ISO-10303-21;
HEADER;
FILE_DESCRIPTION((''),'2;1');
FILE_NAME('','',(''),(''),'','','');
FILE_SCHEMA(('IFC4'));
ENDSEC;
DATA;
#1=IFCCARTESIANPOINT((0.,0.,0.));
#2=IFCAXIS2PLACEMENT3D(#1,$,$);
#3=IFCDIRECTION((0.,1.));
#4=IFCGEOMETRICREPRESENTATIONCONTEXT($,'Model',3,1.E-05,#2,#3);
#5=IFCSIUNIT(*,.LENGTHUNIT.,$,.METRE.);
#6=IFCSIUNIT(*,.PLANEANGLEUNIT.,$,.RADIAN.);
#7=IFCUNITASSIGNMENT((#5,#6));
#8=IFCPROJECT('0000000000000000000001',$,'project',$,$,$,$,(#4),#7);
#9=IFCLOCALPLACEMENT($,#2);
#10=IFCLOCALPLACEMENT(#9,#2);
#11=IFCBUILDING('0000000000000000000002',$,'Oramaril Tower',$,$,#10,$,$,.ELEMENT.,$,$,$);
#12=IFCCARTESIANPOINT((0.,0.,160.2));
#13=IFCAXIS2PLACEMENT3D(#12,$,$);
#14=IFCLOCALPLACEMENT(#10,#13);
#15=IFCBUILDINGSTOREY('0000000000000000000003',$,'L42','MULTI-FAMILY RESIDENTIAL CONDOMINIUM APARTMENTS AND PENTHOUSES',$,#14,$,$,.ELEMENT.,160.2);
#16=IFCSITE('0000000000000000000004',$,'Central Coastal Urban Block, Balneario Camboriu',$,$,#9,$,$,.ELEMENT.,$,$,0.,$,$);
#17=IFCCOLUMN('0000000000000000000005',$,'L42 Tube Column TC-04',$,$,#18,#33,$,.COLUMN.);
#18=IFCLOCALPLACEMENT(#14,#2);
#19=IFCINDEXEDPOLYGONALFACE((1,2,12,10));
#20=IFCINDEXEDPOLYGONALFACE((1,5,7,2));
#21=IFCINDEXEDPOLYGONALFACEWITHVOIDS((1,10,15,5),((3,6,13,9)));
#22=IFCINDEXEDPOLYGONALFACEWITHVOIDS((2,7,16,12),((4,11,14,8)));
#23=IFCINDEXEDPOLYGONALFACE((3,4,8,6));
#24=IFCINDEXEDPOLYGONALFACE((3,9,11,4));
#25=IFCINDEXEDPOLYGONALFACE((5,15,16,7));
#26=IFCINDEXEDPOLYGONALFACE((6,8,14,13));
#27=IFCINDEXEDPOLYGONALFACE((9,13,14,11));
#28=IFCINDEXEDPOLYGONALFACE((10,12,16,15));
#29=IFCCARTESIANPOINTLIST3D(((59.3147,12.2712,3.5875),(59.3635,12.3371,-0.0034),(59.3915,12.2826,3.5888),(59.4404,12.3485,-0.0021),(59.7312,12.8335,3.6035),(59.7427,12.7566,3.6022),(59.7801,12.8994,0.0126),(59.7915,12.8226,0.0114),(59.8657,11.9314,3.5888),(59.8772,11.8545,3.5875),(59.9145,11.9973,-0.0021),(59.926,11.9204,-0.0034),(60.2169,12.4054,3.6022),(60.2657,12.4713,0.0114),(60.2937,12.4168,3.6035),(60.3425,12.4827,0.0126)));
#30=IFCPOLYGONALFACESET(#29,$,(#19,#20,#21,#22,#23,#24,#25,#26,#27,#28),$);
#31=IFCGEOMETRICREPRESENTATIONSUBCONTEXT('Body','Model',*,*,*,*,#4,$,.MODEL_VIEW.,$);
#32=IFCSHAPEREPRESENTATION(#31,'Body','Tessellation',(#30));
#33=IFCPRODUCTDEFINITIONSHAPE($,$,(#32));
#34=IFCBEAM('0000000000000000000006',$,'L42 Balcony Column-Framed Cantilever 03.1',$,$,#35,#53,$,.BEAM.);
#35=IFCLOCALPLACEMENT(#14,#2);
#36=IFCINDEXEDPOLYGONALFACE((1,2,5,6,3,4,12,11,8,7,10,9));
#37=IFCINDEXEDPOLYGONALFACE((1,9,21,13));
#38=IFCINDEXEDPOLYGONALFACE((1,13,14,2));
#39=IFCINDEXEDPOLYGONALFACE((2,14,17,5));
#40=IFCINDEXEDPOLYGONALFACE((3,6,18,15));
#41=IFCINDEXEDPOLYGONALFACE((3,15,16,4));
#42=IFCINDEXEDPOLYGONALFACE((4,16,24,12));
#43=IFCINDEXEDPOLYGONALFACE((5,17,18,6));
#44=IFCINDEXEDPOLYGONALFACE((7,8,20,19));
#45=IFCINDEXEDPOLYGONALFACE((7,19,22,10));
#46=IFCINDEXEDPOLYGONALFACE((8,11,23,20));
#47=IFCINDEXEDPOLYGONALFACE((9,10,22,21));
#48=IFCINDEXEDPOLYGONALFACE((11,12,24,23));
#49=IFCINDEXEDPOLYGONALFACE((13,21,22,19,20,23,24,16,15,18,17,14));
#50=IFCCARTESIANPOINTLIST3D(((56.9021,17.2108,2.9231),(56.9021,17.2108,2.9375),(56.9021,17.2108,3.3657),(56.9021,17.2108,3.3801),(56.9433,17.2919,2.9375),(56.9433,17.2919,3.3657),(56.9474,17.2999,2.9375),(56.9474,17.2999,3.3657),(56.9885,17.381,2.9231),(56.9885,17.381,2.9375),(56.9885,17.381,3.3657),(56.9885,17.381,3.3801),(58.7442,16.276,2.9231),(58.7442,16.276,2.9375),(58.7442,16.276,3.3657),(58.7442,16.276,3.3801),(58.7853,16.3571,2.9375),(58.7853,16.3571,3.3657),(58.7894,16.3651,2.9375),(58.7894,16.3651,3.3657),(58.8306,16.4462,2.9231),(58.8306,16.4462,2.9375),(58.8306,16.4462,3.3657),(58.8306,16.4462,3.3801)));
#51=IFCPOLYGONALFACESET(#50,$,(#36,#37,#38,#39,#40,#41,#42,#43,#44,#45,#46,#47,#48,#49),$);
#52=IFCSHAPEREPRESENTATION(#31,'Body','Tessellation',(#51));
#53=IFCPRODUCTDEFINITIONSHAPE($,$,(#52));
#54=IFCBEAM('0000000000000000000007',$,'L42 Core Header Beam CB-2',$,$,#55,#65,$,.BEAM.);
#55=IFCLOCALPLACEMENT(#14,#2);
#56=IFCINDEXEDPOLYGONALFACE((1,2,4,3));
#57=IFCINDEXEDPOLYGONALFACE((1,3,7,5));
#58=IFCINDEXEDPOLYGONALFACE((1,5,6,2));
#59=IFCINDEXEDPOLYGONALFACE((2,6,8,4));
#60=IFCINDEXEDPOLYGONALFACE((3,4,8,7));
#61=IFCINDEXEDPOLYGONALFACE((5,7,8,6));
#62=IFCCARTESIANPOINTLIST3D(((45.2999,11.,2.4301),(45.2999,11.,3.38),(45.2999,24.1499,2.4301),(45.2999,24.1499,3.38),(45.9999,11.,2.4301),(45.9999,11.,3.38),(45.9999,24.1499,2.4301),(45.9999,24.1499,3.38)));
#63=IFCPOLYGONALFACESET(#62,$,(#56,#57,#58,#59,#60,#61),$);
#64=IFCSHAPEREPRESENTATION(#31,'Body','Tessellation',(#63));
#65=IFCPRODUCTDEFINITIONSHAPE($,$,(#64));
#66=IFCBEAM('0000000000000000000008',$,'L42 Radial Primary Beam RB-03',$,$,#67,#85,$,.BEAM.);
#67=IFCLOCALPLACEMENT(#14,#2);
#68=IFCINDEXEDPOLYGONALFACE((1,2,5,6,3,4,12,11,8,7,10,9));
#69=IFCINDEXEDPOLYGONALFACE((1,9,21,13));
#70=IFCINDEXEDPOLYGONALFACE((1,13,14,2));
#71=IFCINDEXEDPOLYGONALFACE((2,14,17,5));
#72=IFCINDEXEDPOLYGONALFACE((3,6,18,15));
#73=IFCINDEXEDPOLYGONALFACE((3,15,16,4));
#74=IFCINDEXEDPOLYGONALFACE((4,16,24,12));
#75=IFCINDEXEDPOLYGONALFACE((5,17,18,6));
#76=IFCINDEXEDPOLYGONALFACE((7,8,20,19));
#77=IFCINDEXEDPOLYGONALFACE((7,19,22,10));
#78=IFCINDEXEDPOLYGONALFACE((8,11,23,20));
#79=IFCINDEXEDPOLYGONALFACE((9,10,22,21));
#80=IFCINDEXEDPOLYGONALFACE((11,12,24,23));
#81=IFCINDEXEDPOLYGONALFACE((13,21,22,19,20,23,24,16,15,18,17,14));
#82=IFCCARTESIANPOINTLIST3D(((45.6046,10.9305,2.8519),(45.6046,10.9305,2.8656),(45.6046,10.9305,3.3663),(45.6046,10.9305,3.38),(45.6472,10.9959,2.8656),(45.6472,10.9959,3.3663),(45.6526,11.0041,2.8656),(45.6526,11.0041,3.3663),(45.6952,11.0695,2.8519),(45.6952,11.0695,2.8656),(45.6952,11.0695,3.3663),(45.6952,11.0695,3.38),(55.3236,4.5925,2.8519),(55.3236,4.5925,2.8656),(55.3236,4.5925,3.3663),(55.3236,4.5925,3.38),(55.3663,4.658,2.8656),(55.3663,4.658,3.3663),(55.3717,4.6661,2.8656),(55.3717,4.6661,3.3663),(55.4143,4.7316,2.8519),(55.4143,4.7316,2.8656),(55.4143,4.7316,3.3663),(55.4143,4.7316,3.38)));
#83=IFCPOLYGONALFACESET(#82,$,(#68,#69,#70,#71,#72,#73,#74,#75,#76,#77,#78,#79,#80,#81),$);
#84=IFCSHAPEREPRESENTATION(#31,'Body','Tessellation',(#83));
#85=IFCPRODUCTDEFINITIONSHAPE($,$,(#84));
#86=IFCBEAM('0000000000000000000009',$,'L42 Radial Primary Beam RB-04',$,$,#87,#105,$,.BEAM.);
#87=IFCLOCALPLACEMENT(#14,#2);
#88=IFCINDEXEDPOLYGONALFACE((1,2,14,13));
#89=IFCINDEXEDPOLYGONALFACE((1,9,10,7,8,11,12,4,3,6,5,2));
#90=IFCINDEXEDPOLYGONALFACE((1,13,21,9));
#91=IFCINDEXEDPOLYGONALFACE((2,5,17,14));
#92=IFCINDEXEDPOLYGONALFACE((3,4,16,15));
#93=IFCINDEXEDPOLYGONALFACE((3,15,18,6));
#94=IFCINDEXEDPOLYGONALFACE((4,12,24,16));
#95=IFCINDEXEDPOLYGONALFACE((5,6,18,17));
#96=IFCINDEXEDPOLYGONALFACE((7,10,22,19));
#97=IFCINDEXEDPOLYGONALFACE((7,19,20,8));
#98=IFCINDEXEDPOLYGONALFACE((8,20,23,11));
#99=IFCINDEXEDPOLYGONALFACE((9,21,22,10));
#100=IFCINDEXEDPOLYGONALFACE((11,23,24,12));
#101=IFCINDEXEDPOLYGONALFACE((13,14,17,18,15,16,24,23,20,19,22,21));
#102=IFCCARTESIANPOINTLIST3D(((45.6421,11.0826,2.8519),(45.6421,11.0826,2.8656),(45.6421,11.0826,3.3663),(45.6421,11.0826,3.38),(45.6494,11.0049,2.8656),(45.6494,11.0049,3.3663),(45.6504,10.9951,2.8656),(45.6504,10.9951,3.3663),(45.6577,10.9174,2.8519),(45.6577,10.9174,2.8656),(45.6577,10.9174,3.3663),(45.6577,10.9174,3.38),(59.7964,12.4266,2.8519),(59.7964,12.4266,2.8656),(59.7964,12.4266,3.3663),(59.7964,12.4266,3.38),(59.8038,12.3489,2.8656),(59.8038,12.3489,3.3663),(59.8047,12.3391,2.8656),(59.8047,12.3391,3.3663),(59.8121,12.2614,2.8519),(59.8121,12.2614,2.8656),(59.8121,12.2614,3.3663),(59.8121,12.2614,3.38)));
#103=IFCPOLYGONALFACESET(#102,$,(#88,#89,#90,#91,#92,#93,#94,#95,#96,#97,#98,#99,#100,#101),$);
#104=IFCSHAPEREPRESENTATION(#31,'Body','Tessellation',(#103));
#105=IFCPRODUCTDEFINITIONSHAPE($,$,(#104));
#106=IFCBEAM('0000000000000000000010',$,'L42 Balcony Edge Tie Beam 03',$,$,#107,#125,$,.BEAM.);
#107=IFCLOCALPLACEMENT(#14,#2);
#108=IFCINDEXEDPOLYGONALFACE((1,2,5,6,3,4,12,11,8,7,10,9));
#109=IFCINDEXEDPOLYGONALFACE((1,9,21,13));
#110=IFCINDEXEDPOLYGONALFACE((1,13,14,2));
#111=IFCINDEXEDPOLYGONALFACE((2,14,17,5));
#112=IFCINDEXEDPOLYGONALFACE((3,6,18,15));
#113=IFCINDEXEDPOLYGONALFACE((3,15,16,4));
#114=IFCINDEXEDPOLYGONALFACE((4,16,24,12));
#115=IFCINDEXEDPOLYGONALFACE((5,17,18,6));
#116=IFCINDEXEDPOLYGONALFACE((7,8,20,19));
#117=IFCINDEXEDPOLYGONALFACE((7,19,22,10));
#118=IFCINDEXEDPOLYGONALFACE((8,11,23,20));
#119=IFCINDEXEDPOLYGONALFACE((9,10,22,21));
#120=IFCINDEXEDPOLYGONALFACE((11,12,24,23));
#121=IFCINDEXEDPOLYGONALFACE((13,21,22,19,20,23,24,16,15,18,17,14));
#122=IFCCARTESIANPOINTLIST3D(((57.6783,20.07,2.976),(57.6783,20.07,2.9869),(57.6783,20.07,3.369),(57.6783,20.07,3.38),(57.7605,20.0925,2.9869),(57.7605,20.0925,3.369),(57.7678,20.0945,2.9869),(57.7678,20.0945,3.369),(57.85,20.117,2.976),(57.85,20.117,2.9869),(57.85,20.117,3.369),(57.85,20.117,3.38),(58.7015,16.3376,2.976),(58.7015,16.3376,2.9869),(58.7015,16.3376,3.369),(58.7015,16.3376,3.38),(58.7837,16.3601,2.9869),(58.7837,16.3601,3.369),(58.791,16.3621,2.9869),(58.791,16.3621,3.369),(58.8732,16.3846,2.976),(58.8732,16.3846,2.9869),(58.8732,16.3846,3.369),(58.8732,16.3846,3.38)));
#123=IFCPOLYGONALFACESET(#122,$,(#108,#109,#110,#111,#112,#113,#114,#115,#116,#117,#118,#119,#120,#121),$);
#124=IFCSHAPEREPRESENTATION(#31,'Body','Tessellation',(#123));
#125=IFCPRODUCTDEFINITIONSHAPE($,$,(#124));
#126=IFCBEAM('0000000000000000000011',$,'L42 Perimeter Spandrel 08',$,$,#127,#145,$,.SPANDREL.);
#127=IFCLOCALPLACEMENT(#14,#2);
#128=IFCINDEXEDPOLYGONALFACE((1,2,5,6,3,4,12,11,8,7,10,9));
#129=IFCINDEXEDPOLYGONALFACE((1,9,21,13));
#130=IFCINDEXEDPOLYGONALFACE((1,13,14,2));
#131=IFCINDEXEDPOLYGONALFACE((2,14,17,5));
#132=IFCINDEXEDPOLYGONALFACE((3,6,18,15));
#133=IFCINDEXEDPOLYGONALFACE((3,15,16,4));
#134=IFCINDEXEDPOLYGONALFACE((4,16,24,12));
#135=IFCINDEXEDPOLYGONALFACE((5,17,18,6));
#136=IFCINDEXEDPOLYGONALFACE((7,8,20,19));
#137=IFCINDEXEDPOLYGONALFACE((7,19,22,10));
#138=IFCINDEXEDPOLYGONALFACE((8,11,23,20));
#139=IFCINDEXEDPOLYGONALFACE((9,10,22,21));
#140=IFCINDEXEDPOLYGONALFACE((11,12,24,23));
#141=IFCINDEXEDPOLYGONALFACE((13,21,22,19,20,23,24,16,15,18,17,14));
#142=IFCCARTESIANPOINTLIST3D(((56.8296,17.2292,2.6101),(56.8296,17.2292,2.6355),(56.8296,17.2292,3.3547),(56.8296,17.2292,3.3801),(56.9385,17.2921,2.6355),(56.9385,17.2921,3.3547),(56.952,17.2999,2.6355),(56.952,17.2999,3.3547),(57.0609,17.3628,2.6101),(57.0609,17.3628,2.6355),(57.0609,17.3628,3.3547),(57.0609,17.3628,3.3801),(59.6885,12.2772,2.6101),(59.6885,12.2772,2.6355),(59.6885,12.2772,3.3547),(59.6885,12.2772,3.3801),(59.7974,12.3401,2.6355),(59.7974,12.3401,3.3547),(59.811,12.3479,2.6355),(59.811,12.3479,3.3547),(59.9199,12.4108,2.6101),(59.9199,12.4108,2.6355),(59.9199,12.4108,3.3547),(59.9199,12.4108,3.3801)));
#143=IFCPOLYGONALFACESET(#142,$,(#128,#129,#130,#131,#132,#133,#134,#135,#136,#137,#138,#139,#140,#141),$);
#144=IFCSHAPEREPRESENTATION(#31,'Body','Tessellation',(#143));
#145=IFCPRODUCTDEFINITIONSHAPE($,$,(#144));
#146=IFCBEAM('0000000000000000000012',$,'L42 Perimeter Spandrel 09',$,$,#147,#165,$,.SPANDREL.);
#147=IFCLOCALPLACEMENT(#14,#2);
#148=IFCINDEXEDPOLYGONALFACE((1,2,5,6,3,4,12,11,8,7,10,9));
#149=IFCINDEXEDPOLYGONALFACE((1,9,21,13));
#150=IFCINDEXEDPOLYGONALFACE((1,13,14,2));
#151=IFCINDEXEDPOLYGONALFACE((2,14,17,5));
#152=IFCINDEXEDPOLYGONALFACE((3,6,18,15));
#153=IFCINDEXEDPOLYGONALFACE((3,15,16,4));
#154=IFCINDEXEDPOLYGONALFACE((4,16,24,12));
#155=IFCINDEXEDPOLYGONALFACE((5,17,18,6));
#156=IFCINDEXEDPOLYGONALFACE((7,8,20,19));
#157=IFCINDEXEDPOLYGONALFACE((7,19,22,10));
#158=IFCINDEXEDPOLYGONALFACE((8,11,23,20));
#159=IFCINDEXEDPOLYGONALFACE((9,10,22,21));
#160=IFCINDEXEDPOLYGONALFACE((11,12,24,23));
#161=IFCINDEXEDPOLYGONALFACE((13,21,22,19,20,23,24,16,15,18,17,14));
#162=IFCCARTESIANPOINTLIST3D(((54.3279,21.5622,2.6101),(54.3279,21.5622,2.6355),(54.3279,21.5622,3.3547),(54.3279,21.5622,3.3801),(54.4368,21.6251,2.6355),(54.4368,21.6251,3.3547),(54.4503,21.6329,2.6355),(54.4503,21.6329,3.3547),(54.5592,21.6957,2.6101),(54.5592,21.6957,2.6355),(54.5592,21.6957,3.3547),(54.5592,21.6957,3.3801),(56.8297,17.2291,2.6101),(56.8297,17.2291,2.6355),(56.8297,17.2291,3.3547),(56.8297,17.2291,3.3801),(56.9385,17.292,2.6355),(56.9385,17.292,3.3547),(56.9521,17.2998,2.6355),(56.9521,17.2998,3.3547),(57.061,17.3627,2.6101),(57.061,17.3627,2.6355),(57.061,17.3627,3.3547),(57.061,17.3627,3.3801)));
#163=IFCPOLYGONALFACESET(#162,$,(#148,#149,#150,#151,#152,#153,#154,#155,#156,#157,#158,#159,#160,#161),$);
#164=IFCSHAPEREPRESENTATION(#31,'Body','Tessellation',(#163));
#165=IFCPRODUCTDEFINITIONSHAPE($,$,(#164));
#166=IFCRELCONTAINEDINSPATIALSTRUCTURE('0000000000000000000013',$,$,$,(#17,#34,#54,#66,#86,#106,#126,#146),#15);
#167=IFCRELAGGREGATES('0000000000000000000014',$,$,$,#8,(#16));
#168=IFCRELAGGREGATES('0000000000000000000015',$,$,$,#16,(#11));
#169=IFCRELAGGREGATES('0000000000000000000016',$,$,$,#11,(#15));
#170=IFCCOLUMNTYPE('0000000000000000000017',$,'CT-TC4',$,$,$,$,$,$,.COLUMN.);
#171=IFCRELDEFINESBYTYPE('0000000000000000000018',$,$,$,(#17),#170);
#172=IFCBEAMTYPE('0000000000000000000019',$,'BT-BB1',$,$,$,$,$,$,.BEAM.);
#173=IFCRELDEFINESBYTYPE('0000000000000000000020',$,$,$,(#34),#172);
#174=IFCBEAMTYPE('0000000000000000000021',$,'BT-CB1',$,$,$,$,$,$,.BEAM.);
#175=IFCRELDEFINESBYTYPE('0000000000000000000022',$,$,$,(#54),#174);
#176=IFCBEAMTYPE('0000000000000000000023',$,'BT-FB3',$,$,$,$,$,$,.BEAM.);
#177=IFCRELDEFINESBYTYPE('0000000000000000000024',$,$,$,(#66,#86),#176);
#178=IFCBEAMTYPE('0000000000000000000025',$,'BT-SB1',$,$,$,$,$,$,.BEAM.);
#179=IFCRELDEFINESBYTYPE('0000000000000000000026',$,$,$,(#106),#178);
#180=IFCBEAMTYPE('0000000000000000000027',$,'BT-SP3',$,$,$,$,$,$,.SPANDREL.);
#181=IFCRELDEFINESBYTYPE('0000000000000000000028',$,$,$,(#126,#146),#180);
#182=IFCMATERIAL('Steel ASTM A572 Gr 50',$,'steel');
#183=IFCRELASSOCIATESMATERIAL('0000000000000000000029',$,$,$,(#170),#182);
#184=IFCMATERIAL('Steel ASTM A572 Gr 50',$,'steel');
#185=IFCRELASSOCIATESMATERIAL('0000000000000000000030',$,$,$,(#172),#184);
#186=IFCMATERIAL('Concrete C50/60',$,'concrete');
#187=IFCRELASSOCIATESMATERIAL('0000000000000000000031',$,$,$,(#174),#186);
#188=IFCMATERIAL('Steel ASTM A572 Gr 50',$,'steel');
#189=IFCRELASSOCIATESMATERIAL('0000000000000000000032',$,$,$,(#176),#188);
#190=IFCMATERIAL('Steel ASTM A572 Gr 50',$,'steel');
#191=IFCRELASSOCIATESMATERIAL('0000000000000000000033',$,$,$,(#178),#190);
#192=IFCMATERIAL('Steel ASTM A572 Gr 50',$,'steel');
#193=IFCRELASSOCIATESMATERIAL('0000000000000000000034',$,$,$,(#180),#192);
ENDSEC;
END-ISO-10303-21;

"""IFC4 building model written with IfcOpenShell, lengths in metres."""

from ifc_helpers import new_model, si_unit, direction, frame, origin, origin_2d, place, context, subcontext, project, spatial, rectangle, hollow_rectangle, i_section, extrude, material, material_profile, profile_set, type_object, element, save


model = new_model("IFC4")

# Units and contexts
model_context = context("Model", 3, precision=1e-05, world=origin(), true_north=direction((0.0, 1.0)))
body_context = subcontext(model_context, "Body", "Model", "MODEL_VIEW")
ifc_project = project(units=[si_unit("LENGTHUNIT", "METRE"), si_unit("PLANEANGLEUNIT", "RADIAN")], contexts=[model_context])

# Site, building, storey
site_placement = place(None, origin())
site = spatial("IfcSite", under=ifc_project, at=site_placement, Name="Central Coastal Urban Block, Balneario Camboriu", CompositionType="ELEMENT", RefElevation=0.0)
building_placement = place(site_placement, origin())
building = spatial("IfcBuilding", under=site, at=building_placement, Name="Oramaril Tower", CompositionType="ELEMENT")
storey_placement = place(building_placement, frame((0.0, 0.0, 160.2)))
storey = spatial("IfcBuildingStorey", under=building, at=storey_placement, Name="L42", Description="MULTI-FAMILY RESIDENTIAL CONDOMINIUM APARTMENTS AND PENTHOUSES", CompositionType="ELEMENT", Elevation=160.2)

# Column
ifc_material_1 = material(Name="Steel ASTM A572 Gr 50", Category="steel")
ifc_material_profile_1 = material_profile(ifc_material_1, hollow_rectangle(XDim=0.7, YDim=0.7, WallThickness=0.0549, at=origin_2d()), Name="BOX700X700X55")
ifc_profile_set_1 = profile_set([ifc_material_profile_1], Name="Steel ASTM A572 Gr 50")
column_type = type_object("IfcColumnType", Name="CT-TC4", PredefinedType="COLUMN", material=ifc_profile_set_1)
column_placement = place(storey_placement, frame((59.853, 12.4099, 0.0046), z_axis=(-0.013594, -0.018353, 0.999739), x_axis=(0.803557, -0.595228, 0.0)))
element("IfcColumn", 1, at=column_placement, inside=storey, type_object=column_type, Name="L42 Tube Column TC-04", PredefinedType="COLUMN", context=body_context, shape_type="SweptSolid", body=[
    extrude(hollow_rectangle(XDim=0.7, YDim=0.7, WallThickness=0.0549, at=origin_2d()), origin(), (0.0, 0.0, 1.0), 3.5918),
])

# Beams
ifc_material_2 = material(Name="Steel ASTM A572 Gr 50", Category="steel")
ifc_material_profile_2 = material_profile(ifc_material_2, i_section(OverallWidth=0.1909, OverallDepth=0.457, WebThickness=0.009, FlangeThickness=0.0144, at=origin_2d()), Name="W18X50")
ifc_profile_set_2 = profile_set([ifc_material_profile_2], Name="Steel ASTM A572 Gr 50")
beam_type_1 = type_object("IfcBeamType", Name="BT-BB1", PredefinedType="BEAM", material=ifc_profile_set_2)
beam_1_placement = place(storey_placement, frame((56.9453, 17.2959, 3.1516), z_axis=(0.89174, -0.452548, 0.0), x_axis=(0.452548, 0.89174, 0.0)))
element("IfcBeam", 2, at=beam_1_placement, inside=storey, type_object=beam_type_1, Name="L42 Balcony Column-Framed Cantilever 03.1", PredefinedType="BEAM", context=body_context, shape_type="SweptSolid", body=[
    extrude(i_section(OverallWidth=0.1909, OverallDepth=0.457, WebThickness=0.009, FlangeThickness=0.0144, at=origin_2d()), origin(), (0.0, 0.0, 1.0), 2.0657),
])
ifc_material_3 = material(Name="Concrete C50/60", Category="concrete")
ifc_material_profile_3 = material_profile(ifc_material_3, rectangle(XDim=0.7, YDim=0.95, at=origin_2d()), Name="CB700X950")
ifc_profile_set_3 = profile_set([ifc_material_profile_3], Name="Concrete C50/60")
beam_type_2 = type_object("IfcBeamType", Name="BT-CB1", PredefinedType="BEAM", material=ifc_profile_set_3)
beam_2_placement = place(storey_placement, frame((45.6499, 11.0, 2.905), z_axis=(0.0, 1.0, 0.0), x_axis=(-1.0, 0.0, 0.0)))
element("IfcBeam", 3, at=beam_2_placement, inside=storey, type_object=beam_type_2, Name="L42 Core Header Beam CB-2", PredefinedType="BEAM", context=body_context, shape_type="SweptSolid", body=[
    extrude(rectangle(XDim=0.7, YDim=0.95, at=origin_2d()), origin(), (0.0, 0.0, 1.0), 13.1499),
])
ifc_material_4 = material(Name="Steel ASTM A572 Gr 50", Category="steel")
ifc_material_profile_4 = material_profile(ifc_material_4, i_section(OverallWidth=0.166, OverallDepth=0.5281, WebThickness=0.0098, FlangeThickness=0.0137, at=origin_2d()), Name="W21X50")
ifc_profile_set_4 = profile_set([ifc_material_profile_4], Name="Steel ASTM A572 Gr 50")
beam_type_3 = type_object("IfcBeamType", Name="BT-FB3", PredefinedType="BEAM", material=ifc_profile_set_4)
beam_3_placement = place(storey_placement, frame((45.6499, 11.0, 3.116), z_axis=(0.837634, -0.546232, 0.0), x_axis=(0.546232, 0.837634, 0.0)))
element("IfcBeam", 4, at=beam_3_placement, inside=storey, type_object=beam_type_3, Name="L42 Radial Primary Beam RB-03", PredefinedType="BEAM", context=body_context, shape_type="SweptSolid", body=[
    extrude(i_section(OverallWidth=0.166, OverallDepth=0.5281, WebThickness=0.0098, FlangeThickness=0.0137, at=origin_2d()), origin(), (0.0, 0.0, 1.0), 11.603),
])
beam_4_placement = place(storey_placement, frame((45.6499, 11.0, 3.116), z_axis=(0.995522, 0.094528, 0.0), x_axis=(-0.094528, 0.995522, 0.0)))
element("IfcBeam", 5, at=beam_4_placement, inside=storey, type_object=beam_type_3, Name="L42 Radial Primary Beam RB-04", PredefinedType="BEAM", context=body_context, shape_type="SweptSolid", body=[
    extrude(i_section(OverallWidth=0.166, OverallDepth=0.5281, WebThickness=0.0098, FlangeThickness=0.0137, at=origin_2d()), origin(), (0.0, 0.0, 1.0), 14.218),
])
ifc_material_5 = material(Name="Steel ASTM A572 Gr 50", Category="steel")
ifc_material_profile_5 = material_profile(ifc_material_5, i_section(OverallWidth=0.178, OverallDepth=0.4041, WebThickness=0.0076, FlangeThickness=0.011, at=origin_2d()), Name="W16X36")
ifc_profile_set_5 = profile_set([ifc_material_profile_5], Name="Steel ASTM A572 Gr 50")
beam_type_4 = type_object("IfcBeamType", Name="BT-SB1", PredefinedType="BEAM", material=ifc_profile_set_5)
beam_5_placement = place(storey_placement, frame((58.7874, 16.3611, 3.178), z_axis=(-0.264382, 0.964418, 0.0), x_axis=(-0.964418, -0.264382, 0.0)))
element("IfcBeam", 6, at=beam_5_placement, inside=storey, type_object=beam_type_4, Name="L42 Balcony Edge Tie Beam 03", PredefinedType="BEAM", context=body_context, shape_type="SweptSolid", body=[
    extrude(i_section(OverallWidth=0.178, OverallDepth=0.4041, WebThickness=0.0076, FlangeThickness=0.011, at=origin_2d()), origin(), (0.0, 0.0, 1.0), 3.8701),
])
ifc_material_6 = material(Name="Steel ASTM A572 Gr 50", Category="steel")
ifc_material_profile_6 = material_profile(ifc_material_6, i_section(OverallWidth=0.2671, OverallDepth=0.77, WebThickness=0.0156, FlangeThickness=0.0254, at=origin_2d()), Name="W30X132")
ifc_profile_set_6 = profile_set([ifc_material_profile_6], Name="Steel ASTM A572 Gr 50")
beam_type_5 = type_object("IfcBeamType", Name="BT-SP3", PredefinedType="SPANDREL", material=ifc_profile_set_6)
beam_6_placement = place(storey_placement, frame((59.8042, 12.344, 2.9951), z_axis=(-0.499987, 0.866033, 0.0), x_axis=(-0.866033, -0.499987, 0.0)))
element("IfcBeam", 7, at=beam_6_placement, inside=storey, type_object=beam_type_5, Name="L42 Perimeter Spandrel 08", PredefinedType="SPANDREL", context=body_context, shape_type="SweptSolid", body=[
    extrude(i_section(OverallWidth=0.2671, OverallDepth=0.77, WebThickness=0.0156, FlangeThickness=0.0254, at=origin_2d()), origin(), (0.0, 0.0, 1.0), 5.718),
])
beam_7_placement = place(storey_placement, frame((56.9453, 17.2959, 2.9951), z_axis=(-0.500007, 0.866021, 0.0), x_axis=(-0.866021, -0.500007, 0.0)))
element("IfcBeam", 8, at=beam_7_placement, inside=storey, type_object=beam_type_5, Name="L42 Perimeter Spandrel 09", PredefinedType="SPANDREL", context=body_context, shape_type="SweptSolid", body=[
    extrude(i_section(OverallWidth=0.2671, OverallDepth=0.77, WebThickness=0.0156, FlangeThickness=0.0254, at=origin_2d()), origin(), (0.0, 0.0, 1.0), 5.0034),
])

save(model, "model.ifc")
